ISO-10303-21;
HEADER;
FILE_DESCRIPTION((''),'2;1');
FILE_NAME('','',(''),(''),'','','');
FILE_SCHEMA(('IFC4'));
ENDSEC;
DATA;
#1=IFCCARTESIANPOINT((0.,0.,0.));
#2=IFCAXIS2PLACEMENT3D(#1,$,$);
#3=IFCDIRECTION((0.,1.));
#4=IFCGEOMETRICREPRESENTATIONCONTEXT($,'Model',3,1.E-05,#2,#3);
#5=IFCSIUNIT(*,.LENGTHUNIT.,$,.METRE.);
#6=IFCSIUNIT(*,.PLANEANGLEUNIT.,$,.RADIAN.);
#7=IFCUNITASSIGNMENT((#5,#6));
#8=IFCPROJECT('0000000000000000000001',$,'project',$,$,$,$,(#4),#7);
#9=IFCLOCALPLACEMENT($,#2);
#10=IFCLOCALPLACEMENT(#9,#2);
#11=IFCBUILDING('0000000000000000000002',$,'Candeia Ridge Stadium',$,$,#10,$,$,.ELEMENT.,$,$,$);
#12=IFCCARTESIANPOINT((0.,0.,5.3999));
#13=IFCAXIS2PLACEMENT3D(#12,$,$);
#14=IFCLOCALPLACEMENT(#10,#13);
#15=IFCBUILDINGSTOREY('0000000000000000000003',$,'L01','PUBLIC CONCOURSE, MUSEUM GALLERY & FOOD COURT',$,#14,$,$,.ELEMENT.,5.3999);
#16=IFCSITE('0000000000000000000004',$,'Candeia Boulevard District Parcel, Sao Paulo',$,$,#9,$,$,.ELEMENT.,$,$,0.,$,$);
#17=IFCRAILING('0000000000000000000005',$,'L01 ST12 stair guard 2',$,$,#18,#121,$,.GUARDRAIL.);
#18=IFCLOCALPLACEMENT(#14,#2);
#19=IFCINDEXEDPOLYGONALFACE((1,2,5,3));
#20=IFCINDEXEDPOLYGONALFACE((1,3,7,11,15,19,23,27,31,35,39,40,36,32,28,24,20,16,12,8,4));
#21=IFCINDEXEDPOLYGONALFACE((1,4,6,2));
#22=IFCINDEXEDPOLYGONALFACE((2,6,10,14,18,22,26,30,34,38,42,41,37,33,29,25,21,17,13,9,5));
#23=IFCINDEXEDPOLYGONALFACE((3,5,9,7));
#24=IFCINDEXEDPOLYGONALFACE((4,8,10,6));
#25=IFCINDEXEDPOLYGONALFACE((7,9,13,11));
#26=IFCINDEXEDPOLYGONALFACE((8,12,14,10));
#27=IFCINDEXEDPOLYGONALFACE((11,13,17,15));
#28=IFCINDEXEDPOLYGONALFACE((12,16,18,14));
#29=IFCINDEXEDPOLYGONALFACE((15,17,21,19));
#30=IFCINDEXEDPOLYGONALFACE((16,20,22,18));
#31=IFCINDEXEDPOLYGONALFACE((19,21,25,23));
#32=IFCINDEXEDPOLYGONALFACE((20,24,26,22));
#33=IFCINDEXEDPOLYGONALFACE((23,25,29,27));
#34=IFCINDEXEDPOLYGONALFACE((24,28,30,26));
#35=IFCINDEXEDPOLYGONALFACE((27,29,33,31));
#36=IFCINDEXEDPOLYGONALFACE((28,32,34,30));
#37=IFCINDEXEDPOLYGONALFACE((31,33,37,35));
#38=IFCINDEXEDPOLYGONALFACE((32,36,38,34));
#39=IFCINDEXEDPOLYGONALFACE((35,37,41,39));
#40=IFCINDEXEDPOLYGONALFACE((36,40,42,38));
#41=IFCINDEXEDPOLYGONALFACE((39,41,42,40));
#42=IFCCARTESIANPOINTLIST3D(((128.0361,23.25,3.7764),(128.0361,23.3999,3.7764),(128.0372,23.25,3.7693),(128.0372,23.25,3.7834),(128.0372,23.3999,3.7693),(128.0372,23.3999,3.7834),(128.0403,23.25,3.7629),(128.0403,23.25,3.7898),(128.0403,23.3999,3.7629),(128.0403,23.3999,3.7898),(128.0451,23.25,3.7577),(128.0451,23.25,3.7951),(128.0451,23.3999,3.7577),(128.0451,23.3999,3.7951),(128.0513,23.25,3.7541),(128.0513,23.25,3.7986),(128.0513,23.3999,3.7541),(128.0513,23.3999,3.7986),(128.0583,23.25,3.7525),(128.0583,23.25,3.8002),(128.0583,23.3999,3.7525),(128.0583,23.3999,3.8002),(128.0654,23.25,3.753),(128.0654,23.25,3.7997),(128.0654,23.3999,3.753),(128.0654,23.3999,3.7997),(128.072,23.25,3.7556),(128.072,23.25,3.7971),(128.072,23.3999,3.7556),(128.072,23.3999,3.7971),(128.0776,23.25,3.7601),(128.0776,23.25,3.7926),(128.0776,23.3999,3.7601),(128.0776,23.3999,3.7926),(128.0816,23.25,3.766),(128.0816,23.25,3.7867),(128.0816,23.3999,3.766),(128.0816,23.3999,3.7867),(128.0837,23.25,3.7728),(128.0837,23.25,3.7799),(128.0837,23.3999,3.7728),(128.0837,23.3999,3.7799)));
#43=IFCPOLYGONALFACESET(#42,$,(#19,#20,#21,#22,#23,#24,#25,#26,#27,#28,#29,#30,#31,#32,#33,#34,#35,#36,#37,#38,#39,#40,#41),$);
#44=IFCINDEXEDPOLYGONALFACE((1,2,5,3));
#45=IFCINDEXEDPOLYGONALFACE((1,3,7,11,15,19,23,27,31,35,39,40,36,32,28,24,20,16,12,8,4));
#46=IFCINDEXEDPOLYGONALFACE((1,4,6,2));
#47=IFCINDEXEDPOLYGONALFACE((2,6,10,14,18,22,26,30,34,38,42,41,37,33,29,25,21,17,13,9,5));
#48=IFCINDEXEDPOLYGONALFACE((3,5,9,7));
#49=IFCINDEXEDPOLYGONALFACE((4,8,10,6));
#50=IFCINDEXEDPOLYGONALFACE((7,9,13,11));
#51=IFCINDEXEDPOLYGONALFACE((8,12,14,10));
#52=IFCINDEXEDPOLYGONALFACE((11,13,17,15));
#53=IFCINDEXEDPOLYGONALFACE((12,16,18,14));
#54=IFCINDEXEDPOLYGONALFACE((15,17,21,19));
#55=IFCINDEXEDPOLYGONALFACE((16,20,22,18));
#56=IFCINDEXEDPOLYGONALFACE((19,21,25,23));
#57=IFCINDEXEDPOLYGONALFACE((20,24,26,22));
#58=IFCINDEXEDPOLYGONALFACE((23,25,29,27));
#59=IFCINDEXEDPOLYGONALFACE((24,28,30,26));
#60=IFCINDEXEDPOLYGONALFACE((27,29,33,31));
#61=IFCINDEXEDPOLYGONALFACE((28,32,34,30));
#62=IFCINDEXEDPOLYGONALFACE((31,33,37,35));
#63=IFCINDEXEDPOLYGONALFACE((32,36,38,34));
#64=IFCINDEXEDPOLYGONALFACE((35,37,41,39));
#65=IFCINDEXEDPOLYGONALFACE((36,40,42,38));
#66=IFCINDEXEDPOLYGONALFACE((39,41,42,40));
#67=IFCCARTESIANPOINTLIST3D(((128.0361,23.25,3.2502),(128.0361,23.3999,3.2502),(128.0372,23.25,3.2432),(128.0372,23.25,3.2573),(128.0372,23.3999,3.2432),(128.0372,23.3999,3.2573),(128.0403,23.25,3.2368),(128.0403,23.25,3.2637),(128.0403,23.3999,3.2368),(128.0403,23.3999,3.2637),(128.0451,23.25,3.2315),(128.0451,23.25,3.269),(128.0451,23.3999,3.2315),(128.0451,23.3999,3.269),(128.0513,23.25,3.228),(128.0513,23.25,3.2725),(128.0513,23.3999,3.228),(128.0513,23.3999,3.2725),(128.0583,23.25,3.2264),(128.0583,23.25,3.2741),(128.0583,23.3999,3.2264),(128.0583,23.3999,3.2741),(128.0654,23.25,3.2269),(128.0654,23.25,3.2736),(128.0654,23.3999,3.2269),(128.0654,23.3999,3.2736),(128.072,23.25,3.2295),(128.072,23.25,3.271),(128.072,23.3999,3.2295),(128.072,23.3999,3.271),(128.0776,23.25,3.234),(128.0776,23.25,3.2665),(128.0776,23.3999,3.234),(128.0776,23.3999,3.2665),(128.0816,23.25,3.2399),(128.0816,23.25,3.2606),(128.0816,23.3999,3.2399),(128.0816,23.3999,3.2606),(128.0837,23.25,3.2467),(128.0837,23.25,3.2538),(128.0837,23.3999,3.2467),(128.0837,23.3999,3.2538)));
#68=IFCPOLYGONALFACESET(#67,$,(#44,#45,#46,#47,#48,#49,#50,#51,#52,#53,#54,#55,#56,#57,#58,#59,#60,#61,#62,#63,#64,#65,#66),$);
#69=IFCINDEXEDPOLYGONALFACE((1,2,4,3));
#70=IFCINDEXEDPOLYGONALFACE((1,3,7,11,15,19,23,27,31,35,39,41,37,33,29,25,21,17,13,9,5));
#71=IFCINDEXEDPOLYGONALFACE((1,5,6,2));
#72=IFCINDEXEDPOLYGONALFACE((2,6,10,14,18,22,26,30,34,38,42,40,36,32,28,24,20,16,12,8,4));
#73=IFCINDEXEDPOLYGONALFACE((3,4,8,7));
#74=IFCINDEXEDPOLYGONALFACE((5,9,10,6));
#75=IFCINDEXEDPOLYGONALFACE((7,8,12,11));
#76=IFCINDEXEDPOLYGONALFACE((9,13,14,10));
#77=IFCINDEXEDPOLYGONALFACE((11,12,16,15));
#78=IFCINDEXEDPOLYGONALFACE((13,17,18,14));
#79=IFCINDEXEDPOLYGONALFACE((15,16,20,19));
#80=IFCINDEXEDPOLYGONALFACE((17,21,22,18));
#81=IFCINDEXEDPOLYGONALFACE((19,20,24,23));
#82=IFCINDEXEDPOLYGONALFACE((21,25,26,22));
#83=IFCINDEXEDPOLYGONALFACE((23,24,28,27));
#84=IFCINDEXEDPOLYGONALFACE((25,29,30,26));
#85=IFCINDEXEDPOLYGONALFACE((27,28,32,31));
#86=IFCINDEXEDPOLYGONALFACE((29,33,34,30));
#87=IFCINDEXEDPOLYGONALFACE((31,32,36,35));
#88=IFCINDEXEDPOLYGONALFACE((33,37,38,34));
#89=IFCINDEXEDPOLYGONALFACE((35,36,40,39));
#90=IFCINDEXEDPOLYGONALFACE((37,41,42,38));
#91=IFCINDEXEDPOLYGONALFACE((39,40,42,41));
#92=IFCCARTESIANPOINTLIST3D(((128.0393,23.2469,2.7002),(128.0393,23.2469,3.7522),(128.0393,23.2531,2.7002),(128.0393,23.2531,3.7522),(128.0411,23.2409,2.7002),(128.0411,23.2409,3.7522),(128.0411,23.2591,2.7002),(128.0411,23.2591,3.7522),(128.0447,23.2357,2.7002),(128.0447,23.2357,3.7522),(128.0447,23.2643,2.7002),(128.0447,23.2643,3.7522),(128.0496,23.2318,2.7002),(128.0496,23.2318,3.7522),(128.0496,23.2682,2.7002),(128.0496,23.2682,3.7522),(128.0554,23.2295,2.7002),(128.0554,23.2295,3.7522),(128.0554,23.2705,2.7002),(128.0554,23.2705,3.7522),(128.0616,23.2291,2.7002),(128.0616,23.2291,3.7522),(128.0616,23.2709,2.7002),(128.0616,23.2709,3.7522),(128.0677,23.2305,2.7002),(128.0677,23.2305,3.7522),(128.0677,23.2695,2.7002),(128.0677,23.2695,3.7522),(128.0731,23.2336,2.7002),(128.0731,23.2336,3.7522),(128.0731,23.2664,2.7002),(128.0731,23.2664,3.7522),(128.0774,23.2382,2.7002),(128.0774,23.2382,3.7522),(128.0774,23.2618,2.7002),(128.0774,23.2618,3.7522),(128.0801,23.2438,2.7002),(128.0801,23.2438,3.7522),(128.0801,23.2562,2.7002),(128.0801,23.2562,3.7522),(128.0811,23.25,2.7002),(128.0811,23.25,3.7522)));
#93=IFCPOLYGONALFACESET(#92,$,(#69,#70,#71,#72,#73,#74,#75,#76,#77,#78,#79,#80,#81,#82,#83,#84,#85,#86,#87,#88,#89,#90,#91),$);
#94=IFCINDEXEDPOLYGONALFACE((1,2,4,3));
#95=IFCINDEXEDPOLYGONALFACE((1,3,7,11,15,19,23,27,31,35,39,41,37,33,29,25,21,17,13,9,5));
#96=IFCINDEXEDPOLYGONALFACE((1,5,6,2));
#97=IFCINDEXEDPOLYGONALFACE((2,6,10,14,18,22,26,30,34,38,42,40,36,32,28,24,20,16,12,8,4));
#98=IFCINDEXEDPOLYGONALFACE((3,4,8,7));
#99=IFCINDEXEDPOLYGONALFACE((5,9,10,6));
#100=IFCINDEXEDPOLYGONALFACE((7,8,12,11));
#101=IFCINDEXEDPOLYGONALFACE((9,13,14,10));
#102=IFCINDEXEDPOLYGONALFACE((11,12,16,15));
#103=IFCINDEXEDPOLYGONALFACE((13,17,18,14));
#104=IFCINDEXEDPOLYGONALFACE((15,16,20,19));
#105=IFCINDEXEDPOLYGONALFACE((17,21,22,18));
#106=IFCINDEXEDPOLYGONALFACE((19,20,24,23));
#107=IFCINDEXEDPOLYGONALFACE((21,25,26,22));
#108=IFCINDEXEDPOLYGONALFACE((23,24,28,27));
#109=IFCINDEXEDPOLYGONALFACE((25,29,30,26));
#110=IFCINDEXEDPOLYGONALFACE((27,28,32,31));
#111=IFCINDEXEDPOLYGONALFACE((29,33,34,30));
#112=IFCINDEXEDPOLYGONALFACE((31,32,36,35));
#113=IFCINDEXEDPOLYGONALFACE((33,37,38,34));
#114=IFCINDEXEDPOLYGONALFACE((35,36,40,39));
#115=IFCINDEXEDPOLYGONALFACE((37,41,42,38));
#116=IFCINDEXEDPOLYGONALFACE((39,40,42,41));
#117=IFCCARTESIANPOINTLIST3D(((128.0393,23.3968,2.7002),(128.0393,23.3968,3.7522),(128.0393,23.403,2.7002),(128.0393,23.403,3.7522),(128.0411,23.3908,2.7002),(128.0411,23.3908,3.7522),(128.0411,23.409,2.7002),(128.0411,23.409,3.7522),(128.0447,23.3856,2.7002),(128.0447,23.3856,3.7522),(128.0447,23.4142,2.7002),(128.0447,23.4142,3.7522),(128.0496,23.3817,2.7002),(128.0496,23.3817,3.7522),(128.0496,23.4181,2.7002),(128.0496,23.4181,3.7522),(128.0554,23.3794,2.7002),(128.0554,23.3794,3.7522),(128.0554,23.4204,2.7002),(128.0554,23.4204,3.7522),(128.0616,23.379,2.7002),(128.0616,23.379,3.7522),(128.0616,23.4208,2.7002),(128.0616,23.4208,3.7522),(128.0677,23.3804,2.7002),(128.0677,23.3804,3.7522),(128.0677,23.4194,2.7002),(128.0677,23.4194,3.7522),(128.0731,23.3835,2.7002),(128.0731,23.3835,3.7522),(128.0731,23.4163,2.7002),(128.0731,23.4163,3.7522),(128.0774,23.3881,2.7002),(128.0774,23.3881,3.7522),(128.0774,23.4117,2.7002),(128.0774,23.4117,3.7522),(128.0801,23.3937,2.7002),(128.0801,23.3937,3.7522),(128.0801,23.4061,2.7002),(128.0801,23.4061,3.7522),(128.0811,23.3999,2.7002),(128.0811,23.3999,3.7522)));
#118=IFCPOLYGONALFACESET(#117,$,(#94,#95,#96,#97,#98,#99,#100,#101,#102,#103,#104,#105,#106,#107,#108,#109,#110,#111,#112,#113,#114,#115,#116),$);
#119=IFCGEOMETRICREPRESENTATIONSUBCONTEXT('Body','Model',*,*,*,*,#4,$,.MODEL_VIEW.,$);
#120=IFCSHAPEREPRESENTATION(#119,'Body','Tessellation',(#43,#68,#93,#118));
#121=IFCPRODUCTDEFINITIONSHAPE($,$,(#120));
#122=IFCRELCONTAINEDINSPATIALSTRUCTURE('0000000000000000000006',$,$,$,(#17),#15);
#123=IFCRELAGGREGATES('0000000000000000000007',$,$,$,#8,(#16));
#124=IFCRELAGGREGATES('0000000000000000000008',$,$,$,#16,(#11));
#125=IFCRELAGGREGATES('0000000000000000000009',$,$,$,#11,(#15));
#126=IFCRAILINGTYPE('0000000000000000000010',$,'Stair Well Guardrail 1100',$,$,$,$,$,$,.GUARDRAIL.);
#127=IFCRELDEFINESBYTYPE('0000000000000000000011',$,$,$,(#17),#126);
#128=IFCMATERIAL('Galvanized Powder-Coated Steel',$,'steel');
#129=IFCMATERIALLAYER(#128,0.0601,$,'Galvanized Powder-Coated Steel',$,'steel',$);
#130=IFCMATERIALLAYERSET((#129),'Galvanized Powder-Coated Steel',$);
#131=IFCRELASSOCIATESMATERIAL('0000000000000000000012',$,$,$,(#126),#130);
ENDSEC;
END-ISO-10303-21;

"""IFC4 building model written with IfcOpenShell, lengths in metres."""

from ifc_helpers import new_model, si_unit, direction, frame, origin, origin_2d, place, context, subcontext, project, spatial, circle, extrude, material, layer, layer_set, type_object, element, save


model = new_model("IFC4")

# Units and contexts
model_context = context("Model", 3, precision=1e-05, world=origin(), true_north=direction((0.0, 1.0)))
body_context = subcontext(model_context, "Body", "Model", "MODEL_VIEW")
ifc_project = project(units=[si_unit("LENGTHUNIT", "METRE"), si_unit("PLANEANGLEUNIT", "RADIAN")], contexts=[model_context])

# Site, building, storey
site_placement = place(None, origin())
site = spatial("IfcSite", under=ifc_project, at=site_placement, Name="Candeia Boulevard District Parcel, Sao Paulo", CompositionType="ELEMENT", RefElevation=0.0)
building_placement = place(site_placement, origin())
building = spatial("IfcBuilding", under=site, at=building_placement, Name="Candeia Ridge Stadium", CompositionType="ELEMENT")
storey_placement = place(building_placement, frame((0.0, 0.0, 5.3999)))
storey = spatial("IfcBuildingStorey", under=building, at=storey_placement, Name="L01", Description="PUBLIC CONCOURSE, MUSEUM GALLERY & FOOD COURT", CompositionType="ELEMENT", Elevation=5.3999)

# Railing
ifc_material_1 = material(Name="Galvanized Powder-Coated Steel", Category="steel")
ifc_layer_1 = layer(ifc_material_1, 0.0601, Name="Galvanized Powder-Coated Steel", Category="steel")
ifc_layer_set_1 = layer_set([ifc_layer_1], Name="Galvanized Powder-Coated Steel")
railing_type_1 = type_object("IfcRailingType", Name="Stair Well Guardrail 1100", PredefinedType="GUARDRAIL", material=ifc_layer_set_1)
railing_1_placement = place(storey_placement, frame((128.0601, 23.25, 2.7002)))
element("IfcRailing", 1, at=railing_1_placement, inside=storey, type_object=railing_type_1, Name="L01 ST12 stair guard 2", PredefinedType="GUARDRAIL", context=body_context, shape_type="SweptSolid", body=[
    extrude(circle(Radius=0.0239, at=origin_2d()), frame((0.0, 0.0, 1.0762), z_axis=(0.0, 1.0, 0.0), x_axis=(-1.0, 0.0, 0.0)), (0.0, 0.0, 1.0), 0.1499),
    extrude(circle(Radius=0.0239, at=origin_2d()), frame((0.0, 0.0, 0.55), z_axis=(0.0, 1.0, 0.0), x_axis=(-1.0, 0.0, 0.0)), (0.0, 0.0, 1.0), 0.1499),
    extrude(circle(Radius=0.021, at=origin_2d()), origin(), (0.0, 0.0, 1.0), 1.052),
    extrude(circle(Radius=0.021, at=origin_2d()), frame((0.0, 0.1499, 0.0)), (0.0, 0.0, 1.0), 1.052),
])

save(model, "model.ifc")
